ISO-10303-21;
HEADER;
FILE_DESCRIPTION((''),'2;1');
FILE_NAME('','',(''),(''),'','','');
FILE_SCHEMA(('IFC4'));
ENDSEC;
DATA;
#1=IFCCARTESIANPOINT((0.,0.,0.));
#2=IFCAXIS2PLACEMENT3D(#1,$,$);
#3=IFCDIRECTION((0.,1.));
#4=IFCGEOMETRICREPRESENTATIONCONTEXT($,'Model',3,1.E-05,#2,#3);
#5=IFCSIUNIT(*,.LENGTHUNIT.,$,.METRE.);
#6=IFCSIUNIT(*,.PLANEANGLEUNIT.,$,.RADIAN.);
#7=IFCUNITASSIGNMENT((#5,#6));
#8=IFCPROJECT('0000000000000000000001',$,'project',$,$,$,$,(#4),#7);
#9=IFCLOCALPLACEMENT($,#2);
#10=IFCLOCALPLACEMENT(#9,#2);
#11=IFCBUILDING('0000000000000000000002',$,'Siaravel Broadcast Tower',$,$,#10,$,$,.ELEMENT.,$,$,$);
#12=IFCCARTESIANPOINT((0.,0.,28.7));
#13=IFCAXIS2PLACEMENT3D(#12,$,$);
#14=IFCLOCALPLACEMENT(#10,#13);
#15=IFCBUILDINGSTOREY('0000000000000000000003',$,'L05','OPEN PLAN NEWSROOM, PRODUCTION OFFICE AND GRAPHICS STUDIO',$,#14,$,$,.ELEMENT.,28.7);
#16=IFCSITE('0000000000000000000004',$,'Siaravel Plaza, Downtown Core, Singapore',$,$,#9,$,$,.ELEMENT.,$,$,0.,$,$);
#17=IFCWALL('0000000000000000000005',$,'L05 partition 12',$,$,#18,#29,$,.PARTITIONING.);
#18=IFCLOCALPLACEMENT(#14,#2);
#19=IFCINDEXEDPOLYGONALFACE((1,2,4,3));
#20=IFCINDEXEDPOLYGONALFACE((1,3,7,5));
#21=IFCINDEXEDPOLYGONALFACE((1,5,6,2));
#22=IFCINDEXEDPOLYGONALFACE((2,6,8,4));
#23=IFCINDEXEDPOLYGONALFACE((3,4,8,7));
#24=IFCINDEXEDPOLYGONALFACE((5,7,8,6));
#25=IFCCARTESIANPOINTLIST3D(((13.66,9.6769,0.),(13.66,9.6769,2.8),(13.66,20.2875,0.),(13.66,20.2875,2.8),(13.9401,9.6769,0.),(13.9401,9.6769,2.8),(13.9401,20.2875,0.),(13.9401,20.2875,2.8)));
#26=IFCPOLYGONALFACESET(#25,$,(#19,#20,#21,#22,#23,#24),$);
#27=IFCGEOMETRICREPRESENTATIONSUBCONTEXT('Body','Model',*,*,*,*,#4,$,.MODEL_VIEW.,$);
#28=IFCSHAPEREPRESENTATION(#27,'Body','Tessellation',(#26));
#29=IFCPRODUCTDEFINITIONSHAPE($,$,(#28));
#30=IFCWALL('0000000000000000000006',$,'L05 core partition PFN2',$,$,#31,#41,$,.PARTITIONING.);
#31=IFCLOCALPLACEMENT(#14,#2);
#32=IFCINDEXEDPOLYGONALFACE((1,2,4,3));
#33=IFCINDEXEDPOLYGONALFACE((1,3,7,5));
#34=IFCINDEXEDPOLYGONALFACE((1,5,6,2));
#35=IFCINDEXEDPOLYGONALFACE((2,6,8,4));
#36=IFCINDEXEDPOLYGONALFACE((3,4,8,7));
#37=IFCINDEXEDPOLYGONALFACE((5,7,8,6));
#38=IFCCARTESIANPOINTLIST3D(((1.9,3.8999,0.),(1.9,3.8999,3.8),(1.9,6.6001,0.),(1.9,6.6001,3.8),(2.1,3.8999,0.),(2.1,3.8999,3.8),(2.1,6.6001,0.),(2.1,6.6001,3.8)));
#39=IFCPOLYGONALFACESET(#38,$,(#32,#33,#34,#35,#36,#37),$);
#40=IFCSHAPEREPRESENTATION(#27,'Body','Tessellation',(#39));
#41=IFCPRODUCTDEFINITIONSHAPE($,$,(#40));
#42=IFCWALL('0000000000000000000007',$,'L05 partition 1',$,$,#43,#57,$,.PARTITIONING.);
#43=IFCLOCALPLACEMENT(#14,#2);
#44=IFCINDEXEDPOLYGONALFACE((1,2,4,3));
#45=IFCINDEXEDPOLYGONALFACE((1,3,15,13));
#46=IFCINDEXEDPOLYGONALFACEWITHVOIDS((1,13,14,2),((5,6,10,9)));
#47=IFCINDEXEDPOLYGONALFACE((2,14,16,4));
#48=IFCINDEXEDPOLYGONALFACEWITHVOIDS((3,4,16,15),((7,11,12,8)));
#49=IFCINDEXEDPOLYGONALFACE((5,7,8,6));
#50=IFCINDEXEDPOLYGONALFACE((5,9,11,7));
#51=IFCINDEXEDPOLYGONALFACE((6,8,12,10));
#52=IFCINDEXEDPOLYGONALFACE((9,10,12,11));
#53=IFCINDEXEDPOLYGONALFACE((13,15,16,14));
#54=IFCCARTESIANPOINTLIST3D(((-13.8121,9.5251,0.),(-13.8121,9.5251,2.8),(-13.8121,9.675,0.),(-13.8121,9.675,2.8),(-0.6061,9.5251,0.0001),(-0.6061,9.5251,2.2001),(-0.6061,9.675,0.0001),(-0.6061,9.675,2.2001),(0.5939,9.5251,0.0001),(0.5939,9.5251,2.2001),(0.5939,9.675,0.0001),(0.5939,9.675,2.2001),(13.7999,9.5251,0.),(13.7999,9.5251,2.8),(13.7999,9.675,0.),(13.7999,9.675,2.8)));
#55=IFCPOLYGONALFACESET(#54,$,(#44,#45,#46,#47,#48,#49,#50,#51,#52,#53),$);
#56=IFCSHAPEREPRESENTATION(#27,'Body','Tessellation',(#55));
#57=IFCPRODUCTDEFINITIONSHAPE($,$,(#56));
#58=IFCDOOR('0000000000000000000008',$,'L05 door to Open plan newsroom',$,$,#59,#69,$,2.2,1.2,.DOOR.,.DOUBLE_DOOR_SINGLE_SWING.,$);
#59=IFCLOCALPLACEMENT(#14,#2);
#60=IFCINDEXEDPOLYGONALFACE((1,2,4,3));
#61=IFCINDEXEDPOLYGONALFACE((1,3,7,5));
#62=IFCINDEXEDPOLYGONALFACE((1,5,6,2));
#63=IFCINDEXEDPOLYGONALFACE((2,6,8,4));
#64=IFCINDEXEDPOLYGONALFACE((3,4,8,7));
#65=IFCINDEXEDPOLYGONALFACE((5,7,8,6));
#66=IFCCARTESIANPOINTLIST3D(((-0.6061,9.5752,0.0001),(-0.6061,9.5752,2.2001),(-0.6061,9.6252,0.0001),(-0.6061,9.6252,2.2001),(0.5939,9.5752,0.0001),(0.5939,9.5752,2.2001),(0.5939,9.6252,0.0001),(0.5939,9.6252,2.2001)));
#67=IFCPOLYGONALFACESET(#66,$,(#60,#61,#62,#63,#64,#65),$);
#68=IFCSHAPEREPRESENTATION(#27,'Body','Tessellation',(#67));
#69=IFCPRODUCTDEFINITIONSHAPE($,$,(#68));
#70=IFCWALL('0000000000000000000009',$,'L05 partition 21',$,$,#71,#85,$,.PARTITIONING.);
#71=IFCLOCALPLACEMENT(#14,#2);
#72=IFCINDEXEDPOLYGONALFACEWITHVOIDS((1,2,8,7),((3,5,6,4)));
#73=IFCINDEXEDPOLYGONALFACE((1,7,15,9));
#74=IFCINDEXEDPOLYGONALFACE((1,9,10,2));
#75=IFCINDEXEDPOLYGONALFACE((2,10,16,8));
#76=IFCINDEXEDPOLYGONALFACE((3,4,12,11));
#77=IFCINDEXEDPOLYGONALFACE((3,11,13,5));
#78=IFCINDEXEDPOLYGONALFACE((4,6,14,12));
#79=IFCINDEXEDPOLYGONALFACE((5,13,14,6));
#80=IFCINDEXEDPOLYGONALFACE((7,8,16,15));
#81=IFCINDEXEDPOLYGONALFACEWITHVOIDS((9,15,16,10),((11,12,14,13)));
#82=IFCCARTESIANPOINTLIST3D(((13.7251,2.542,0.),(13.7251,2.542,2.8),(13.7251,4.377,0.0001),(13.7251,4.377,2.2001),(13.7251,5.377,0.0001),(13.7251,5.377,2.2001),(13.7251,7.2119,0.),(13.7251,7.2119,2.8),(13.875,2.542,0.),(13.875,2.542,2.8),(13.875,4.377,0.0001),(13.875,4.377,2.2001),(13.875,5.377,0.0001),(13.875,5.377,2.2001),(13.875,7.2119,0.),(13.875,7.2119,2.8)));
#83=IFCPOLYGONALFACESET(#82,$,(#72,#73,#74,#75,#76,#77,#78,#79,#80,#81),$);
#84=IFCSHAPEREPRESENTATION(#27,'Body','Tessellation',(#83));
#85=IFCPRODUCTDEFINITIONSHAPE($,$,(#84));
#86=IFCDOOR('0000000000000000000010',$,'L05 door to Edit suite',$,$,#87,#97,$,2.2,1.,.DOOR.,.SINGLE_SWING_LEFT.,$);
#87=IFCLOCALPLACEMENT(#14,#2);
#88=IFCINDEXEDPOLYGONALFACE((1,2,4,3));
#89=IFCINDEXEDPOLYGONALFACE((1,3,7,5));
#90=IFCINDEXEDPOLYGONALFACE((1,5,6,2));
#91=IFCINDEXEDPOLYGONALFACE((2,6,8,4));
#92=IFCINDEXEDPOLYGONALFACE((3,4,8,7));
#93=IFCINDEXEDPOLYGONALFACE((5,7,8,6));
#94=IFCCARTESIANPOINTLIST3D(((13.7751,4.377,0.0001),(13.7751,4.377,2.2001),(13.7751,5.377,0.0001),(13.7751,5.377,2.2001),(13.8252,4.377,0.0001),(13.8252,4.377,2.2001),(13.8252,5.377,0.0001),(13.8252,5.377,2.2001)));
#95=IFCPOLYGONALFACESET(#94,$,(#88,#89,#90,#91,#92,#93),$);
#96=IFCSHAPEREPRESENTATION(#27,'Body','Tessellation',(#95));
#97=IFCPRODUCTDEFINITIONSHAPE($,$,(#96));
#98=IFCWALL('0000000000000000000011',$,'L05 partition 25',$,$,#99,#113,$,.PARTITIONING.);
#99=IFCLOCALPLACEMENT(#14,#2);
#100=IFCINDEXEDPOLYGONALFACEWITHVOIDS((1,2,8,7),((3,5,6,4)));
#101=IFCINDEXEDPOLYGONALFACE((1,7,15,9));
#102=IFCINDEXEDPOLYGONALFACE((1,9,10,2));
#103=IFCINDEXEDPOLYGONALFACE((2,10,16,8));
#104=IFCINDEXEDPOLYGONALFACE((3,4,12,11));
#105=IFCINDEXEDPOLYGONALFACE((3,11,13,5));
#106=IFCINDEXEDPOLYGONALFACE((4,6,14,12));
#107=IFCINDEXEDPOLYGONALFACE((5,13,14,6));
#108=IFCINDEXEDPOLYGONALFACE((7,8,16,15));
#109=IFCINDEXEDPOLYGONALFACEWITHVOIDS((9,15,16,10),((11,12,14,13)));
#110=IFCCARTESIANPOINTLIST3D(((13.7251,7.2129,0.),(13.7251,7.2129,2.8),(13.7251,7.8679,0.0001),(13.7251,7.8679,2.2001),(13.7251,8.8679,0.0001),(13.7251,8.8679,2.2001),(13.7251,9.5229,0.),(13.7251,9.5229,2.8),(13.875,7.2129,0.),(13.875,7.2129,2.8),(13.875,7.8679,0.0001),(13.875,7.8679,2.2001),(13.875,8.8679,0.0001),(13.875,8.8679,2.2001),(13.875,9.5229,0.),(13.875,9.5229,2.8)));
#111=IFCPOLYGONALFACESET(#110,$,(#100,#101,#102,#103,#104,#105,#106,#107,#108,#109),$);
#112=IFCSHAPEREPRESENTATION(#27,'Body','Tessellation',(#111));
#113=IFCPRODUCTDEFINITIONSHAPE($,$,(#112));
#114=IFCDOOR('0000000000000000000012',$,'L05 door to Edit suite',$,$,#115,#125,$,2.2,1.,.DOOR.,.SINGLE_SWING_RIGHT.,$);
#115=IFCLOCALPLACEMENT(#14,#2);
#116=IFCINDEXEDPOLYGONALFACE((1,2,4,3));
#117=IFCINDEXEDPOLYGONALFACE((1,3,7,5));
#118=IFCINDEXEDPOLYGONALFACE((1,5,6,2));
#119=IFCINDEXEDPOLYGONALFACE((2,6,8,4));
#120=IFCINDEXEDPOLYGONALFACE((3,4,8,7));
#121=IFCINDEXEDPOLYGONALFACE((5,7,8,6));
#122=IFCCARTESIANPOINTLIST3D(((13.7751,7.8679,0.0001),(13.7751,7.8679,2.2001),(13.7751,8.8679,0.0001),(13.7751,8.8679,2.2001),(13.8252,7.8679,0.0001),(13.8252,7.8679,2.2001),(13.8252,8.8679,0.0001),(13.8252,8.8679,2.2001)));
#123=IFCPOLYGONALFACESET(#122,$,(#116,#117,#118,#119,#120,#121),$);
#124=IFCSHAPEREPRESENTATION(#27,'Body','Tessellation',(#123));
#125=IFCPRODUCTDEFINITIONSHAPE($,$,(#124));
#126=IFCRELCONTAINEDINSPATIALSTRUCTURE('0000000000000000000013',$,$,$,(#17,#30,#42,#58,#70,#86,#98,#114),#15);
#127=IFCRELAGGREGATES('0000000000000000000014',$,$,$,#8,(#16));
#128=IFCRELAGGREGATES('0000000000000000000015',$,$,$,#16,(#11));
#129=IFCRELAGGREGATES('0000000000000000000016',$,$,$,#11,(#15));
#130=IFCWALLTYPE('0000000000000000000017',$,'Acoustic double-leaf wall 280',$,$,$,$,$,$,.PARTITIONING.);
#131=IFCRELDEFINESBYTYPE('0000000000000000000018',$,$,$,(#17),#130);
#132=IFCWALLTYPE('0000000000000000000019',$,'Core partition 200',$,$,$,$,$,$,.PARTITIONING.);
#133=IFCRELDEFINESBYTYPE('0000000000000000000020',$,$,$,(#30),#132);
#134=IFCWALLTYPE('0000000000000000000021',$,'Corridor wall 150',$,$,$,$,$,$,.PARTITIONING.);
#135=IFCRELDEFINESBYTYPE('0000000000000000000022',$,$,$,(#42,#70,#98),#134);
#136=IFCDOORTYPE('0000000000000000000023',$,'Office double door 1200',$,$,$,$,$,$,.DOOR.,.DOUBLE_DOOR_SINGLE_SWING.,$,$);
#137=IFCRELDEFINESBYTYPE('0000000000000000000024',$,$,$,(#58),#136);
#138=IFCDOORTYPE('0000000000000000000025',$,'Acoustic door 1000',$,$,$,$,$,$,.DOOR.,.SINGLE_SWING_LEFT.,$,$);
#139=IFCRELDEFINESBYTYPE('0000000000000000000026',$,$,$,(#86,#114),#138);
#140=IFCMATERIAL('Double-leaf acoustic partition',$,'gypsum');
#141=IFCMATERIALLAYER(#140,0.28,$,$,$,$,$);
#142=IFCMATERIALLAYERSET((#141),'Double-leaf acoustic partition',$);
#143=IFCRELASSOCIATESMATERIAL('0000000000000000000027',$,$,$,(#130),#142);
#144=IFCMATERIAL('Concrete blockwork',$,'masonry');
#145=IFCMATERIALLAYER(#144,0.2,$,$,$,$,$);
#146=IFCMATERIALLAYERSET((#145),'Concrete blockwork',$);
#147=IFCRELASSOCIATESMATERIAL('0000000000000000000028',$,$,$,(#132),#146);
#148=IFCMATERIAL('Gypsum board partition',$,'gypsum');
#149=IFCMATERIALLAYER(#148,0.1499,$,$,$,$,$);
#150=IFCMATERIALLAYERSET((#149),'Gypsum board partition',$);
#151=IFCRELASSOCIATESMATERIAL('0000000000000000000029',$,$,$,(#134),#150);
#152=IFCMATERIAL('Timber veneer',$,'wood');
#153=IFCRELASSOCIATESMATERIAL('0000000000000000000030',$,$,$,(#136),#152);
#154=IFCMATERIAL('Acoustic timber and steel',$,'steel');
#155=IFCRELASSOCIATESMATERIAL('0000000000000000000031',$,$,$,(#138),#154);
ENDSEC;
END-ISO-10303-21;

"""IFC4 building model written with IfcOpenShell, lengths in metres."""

from ifc_helpers import new_model, si_unit, direction, frame, frame_2d, origin, place, context, subcontext, project, spatial, rectangle, extrude, material, layer, layer_set, type_object, element, fill, save


model = new_model("IFC4")

# Units and contexts
model_context = context("Model", 3, precision=1e-05, world=origin(), true_north=direction((0.0, 1.0)))
body_context = subcontext(model_context, "Body", "Model", "MODEL_VIEW")
ifc_project = project(units=[si_unit("LENGTHUNIT", "METRE"), si_unit("PLANEANGLEUNIT", "RADIAN")], contexts=[model_context])

# Site, building, storey
site_placement = place(None, origin())
site = spatial("IfcSite", under=ifc_project, at=site_placement, Name="Siaravel Plaza, Downtown Core, Singapore", CompositionType="ELEMENT", RefElevation=0.0)
building_placement = place(site_placement, origin())
building = spatial("IfcBuilding", under=site, at=building_placement, Name="Siaravel Broadcast Tower", CompositionType="ELEMENT")
storey_placement = place(building_placement, frame((0.0, 0.0, 28.7)))
storey = spatial("IfcBuildingStorey", under=building, at=storey_placement, Name="L05", Description="OPEN PLAN NEWSROOM, PRODUCTION OFFICE AND GRAPHICS STUDIO", CompositionType="ELEMENT", Elevation=28.7)

# Walls
ifc_material_1 = material(Name="Double-leaf acoustic partition", Category="gypsum")
ifc_layer_1 = layer(ifc_material_1, 0.28)
ifc_layer_set_1 = layer_set([ifc_layer_1], Name="Double-leaf acoustic partition")
wall_type_1 = type_object("IfcWallType", Name="Acoustic double-leaf wall 280", PredefinedType="PARTITIONING", material=ifc_layer_set_1)
wall_1_placement = place(storey_placement, frame((13.8, 9.677, 0.0), z_axis=(0.0, 0.0, 1.0), x_axis=(0.0, 1.0, 0.0)))
element("IfcWall", 1, at=wall_1_placement, inside=storey, type_object=wall_type_1, Name="L05 partition 12", PredefinedType="PARTITIONING", context=body_context, shape_type="SweptSolid", body=[
    extrude(rectangle(XDim=10.6106, YDim=0.28, at=frame_2d((5.3052, 0.0))), origin(), (0.0, 0.0, 1.0), 2.8),
])
ifc_material_2 = material(Name="Concrete blockwork", Category="masonry")
ifc_layer_2 = layer(ifc_material_2, 0.2)
ifc_layer_set_2 = layer_set([ifc_layer_2], Name="Concrete blockwork")
wall_type_2 = type_object("IfcWallType", Name="Core partition 200", PredefinedType="PARTITIONING", material=ifc_layer_set_2)
wall_2_placement = place(storey_placement, frame((2.0, 3.8999, 0.0), z_axis=(0.0, 0.0, 1.0), x_axis=(0.0, 1.0, 0.0)))
element("IfcWall", 2, at=wall_2_placement, inside=storey, type_object=wall_type_2, Name="L05 core partition PFN2", PredefinedType="PARTITIONING", context=body_context, shape_type="SweptSolid", body=[
    extrude(rectangle(XDim=2.7002, YDim=0.2, at=frame_2d((1.3501, 0.0))), origin(), (0.0, 0.0, 1.0), 3.8),
])

# Walls, openings, doors
ifc_material_3 = material(Name="Gypsum board partition", Category="gypsum")
ifc_layer_3 = layer(ifc_material_3, 0.1499)
ifc_layer_set_3 = layer_set([ifc_layer_3], Name="Gypsum board partition")
wall_type_3 = type_object("IfcWallType", Name="Corridor wall 150", PredefinedType="PARTITIONING", material=ifc_layer_set_3)
wall_3_placement = place(storey_placement, frame((13.8, 9.6001, 0.0), z_axis=(0.0, 0.0, 1.0), x_axis=(-1.0, 0.0, 0.0)))
wall_3 = element("IfcWall", 3, at=wall_3_placement, inside=storey, type_object=wall_type_3, Name="L05 partition 1", PredefinedType="PARTITIONING", context=body_context, shape_type="SweptSolid", body=[
    extrude(rectangle(XDim=27.6121, YDim=0.1499, at=frame_2d((13.8062, 0.0))), origin(), (0.0, 0.0, 1.0), 2.8),
])
opening_1_placement = place(wall_3_placement, frame((13.2061, 0.0, 0.0)))
opening_1 = element("IfcOpeningElement", 4, at=opening_1_placement, cuts=wall_3, PredefinedType="OPENING", context=body_context, shape_type="SweptSolid", body=[
    extrude(rectangle(XDim=1.2, YDim=2.2, at=frame_2d((0.6001, 1.1001))), frame((0.0, 0.085, 0.0), z_axis=(0.0, -1.0, 0.0), x_axis=(1.0, 0.0, 0.0)), (0.0, 0.0, 1.0), 0.1699),
])
ifc_material_4 = material(Name="Timber veneer", Category="wood")
door_type_1 = type_object("IfcDoorType", Name="Office double door 1200", OperationType="DOUBLE_DOOR_SINGLE_SWING", PredefinedType="DOOR", material=ifc_material_4)
door_1_placement = place(opening_1_placement, origin())
door_1 = element("IfcDoor", 5, at=door_1_placement, inside=storey, type_object=door_type_1, Name="L05 door to Open plan newsroom", OperationType="DOUBLE_DOOR_SINGLE_SWING", OverallHeight=2.2, OverallWidth=1.2, PredefinedType="DOOR", context=body_context, shape_type="SweptSolid", body=[
    extrude(rectangle(XDim=1.2, YDim=2.2, at=frame_2d((0.6001, 1.1001))), frame((0.0, 0.0249, 0.0), z_axis=(0.0, -1.0, 0.0), x_axis=(1.0, 0.0, 0.0)), (0.0, 0.0, 1.0), 0.05),
])
fill(opening_1, door_1)
wall_4_placement = place(storey_placement, frame((13.8, 2.542, 0.0), z_axis=(0.0, 0.0, 1.0), x_axis=(0.0, 1.0, 0.0)))
wall_4 = element("IfcWall", 6, at=wall_4_placement, inside=storey, type_object=wall_type_3, Name="L05 partition 21", PredefinedType="PARTITIONING", context=body_context, shape_type="SweptSolid", body=[
    extrude(rectangle(XDim=4.6699, YDim=0.1499, at=frame_2d((2.335, 0.0))), origin(), (0.0, 0.0, 1.0), 2.8),
])
opening_2_placement = place(wall_4_placement, frame((1.835, 0.0, 0.0)))
opening_2 = element("IfcOpeningElement", 7, at=opening_2_placement, cuts=wall_4, PredefinedType="OPENING", context=body_context, shape_type="SweptSolid", body=[
    extrude(rectangle(XDim=1.0, YDim=2.2, at=frame_2d((0.5, 1.1001))), frame((0.0, 0.085, 0.0), z_axis=(0.0, -1.0, 0.0), x_axis=(1.0, 0.0, 0.0)), (0.0, 0.0, 1.0), 0.1699),
])
ifc_material_5 = material(Name="Acoustic timber and steel", Category="steel")
door_type_2 = type_object("IfcDoorType", Name="Acoustic door 1000", OperationType="SINGLE_SWING_LEFT", PredefinedType="DOOR", material=ifc_material_5)
door_2_placement = place(opening_2_placement, origin())
door_2 = element("IfcDoor", 8, at=door_2_placement, inside=storey, type_object=door_type_2, Name="L05 door to Edit suite", OperationType="SINGLE_SWING_LEFT", OverallHeight=2.2, OverallWidth=1.0, PredefinedType="DOOR", context=body_context, shape_type="SweptSolid", body=[
    extrude(rectangle(XDim=1.0, YDim=2.2, at=frame_2d((0.5, 1.1001))), frame((0.0, 0.0249, 0.0), z_axis=(0.0, -1.0, 0.0), x_axis=(1.0, 0.0, 0.0)), (0.0, 0.0, 1.0), 0.05),
])
fill(opening_2, door_2)
wall_5_placement = place(storey_placement, frame((13.8, 7.2129, 0.0), z_axis=(0.0, 0.0, 1.0), x_axis=(0.0, 1.0, 0.0)))
wall_5 = element("IfcWall", 9, at=wall_5_placement, inside=storey, type_object=wall_type_3, Name="L05 partition 25", PredefinedType="PARTITIONING", context=body_context, shape_type="SweptSolid", body=[
    extrude(rectangle(XDim=2.3101, YDim=0.1499, at=frame_2d((1.155, 0.0))), origin(), (0.0, 0.0, 1.0), 2.8),
])
opening_3_placement = place(wall_5_placement, frame((0.655, 0.0, 0.0)))
opening_3 = element("IfcOpeningElement", 10, at=opening_3_placement, cuts=wall_5, PredefinedType="OPENING", context=body_context, shape_type="SweptSolid", body=[
    extrude(rectangle(XDim=1.0, YDim=2.2, at=frame_2d((0.5, 1.1001))), frame((0.0, 0.085, 0.0), z_axis=(0.0, -1.0, 0.0), x_axis=(1.0, 0.0, 0.0)), (0.0, 0.0, 1.0), 0.1699),
])
door_3_placement = place(opening_3_placement, origin())
door_3 = element("IfcDoor", 11, at=door_3_placement, inside=storey, type_object=door_type_2, Name="L05 door to Edit suite", OperationType="SINGLE_SWING_RIGHT", OverallHeight=2.2, OverallWidth=1.0, PredefinedType="DOOR", context=body_context, shape_type="SweptSolid", body=[
    extrude(rectangle(XDim=1.0, YDim=2.2, at=frame_2d((0.5, 1.1001))), frame((0.0, 0.0249, 0.0), z_axis=(0.0, -1.0, 0.0), x_axis=(1.0, 0.0, 0.0)), (0.0, 0.0, 1.0), 0.05),
])
fill(opening_3, door_3)

save(model, "model.ifc")
